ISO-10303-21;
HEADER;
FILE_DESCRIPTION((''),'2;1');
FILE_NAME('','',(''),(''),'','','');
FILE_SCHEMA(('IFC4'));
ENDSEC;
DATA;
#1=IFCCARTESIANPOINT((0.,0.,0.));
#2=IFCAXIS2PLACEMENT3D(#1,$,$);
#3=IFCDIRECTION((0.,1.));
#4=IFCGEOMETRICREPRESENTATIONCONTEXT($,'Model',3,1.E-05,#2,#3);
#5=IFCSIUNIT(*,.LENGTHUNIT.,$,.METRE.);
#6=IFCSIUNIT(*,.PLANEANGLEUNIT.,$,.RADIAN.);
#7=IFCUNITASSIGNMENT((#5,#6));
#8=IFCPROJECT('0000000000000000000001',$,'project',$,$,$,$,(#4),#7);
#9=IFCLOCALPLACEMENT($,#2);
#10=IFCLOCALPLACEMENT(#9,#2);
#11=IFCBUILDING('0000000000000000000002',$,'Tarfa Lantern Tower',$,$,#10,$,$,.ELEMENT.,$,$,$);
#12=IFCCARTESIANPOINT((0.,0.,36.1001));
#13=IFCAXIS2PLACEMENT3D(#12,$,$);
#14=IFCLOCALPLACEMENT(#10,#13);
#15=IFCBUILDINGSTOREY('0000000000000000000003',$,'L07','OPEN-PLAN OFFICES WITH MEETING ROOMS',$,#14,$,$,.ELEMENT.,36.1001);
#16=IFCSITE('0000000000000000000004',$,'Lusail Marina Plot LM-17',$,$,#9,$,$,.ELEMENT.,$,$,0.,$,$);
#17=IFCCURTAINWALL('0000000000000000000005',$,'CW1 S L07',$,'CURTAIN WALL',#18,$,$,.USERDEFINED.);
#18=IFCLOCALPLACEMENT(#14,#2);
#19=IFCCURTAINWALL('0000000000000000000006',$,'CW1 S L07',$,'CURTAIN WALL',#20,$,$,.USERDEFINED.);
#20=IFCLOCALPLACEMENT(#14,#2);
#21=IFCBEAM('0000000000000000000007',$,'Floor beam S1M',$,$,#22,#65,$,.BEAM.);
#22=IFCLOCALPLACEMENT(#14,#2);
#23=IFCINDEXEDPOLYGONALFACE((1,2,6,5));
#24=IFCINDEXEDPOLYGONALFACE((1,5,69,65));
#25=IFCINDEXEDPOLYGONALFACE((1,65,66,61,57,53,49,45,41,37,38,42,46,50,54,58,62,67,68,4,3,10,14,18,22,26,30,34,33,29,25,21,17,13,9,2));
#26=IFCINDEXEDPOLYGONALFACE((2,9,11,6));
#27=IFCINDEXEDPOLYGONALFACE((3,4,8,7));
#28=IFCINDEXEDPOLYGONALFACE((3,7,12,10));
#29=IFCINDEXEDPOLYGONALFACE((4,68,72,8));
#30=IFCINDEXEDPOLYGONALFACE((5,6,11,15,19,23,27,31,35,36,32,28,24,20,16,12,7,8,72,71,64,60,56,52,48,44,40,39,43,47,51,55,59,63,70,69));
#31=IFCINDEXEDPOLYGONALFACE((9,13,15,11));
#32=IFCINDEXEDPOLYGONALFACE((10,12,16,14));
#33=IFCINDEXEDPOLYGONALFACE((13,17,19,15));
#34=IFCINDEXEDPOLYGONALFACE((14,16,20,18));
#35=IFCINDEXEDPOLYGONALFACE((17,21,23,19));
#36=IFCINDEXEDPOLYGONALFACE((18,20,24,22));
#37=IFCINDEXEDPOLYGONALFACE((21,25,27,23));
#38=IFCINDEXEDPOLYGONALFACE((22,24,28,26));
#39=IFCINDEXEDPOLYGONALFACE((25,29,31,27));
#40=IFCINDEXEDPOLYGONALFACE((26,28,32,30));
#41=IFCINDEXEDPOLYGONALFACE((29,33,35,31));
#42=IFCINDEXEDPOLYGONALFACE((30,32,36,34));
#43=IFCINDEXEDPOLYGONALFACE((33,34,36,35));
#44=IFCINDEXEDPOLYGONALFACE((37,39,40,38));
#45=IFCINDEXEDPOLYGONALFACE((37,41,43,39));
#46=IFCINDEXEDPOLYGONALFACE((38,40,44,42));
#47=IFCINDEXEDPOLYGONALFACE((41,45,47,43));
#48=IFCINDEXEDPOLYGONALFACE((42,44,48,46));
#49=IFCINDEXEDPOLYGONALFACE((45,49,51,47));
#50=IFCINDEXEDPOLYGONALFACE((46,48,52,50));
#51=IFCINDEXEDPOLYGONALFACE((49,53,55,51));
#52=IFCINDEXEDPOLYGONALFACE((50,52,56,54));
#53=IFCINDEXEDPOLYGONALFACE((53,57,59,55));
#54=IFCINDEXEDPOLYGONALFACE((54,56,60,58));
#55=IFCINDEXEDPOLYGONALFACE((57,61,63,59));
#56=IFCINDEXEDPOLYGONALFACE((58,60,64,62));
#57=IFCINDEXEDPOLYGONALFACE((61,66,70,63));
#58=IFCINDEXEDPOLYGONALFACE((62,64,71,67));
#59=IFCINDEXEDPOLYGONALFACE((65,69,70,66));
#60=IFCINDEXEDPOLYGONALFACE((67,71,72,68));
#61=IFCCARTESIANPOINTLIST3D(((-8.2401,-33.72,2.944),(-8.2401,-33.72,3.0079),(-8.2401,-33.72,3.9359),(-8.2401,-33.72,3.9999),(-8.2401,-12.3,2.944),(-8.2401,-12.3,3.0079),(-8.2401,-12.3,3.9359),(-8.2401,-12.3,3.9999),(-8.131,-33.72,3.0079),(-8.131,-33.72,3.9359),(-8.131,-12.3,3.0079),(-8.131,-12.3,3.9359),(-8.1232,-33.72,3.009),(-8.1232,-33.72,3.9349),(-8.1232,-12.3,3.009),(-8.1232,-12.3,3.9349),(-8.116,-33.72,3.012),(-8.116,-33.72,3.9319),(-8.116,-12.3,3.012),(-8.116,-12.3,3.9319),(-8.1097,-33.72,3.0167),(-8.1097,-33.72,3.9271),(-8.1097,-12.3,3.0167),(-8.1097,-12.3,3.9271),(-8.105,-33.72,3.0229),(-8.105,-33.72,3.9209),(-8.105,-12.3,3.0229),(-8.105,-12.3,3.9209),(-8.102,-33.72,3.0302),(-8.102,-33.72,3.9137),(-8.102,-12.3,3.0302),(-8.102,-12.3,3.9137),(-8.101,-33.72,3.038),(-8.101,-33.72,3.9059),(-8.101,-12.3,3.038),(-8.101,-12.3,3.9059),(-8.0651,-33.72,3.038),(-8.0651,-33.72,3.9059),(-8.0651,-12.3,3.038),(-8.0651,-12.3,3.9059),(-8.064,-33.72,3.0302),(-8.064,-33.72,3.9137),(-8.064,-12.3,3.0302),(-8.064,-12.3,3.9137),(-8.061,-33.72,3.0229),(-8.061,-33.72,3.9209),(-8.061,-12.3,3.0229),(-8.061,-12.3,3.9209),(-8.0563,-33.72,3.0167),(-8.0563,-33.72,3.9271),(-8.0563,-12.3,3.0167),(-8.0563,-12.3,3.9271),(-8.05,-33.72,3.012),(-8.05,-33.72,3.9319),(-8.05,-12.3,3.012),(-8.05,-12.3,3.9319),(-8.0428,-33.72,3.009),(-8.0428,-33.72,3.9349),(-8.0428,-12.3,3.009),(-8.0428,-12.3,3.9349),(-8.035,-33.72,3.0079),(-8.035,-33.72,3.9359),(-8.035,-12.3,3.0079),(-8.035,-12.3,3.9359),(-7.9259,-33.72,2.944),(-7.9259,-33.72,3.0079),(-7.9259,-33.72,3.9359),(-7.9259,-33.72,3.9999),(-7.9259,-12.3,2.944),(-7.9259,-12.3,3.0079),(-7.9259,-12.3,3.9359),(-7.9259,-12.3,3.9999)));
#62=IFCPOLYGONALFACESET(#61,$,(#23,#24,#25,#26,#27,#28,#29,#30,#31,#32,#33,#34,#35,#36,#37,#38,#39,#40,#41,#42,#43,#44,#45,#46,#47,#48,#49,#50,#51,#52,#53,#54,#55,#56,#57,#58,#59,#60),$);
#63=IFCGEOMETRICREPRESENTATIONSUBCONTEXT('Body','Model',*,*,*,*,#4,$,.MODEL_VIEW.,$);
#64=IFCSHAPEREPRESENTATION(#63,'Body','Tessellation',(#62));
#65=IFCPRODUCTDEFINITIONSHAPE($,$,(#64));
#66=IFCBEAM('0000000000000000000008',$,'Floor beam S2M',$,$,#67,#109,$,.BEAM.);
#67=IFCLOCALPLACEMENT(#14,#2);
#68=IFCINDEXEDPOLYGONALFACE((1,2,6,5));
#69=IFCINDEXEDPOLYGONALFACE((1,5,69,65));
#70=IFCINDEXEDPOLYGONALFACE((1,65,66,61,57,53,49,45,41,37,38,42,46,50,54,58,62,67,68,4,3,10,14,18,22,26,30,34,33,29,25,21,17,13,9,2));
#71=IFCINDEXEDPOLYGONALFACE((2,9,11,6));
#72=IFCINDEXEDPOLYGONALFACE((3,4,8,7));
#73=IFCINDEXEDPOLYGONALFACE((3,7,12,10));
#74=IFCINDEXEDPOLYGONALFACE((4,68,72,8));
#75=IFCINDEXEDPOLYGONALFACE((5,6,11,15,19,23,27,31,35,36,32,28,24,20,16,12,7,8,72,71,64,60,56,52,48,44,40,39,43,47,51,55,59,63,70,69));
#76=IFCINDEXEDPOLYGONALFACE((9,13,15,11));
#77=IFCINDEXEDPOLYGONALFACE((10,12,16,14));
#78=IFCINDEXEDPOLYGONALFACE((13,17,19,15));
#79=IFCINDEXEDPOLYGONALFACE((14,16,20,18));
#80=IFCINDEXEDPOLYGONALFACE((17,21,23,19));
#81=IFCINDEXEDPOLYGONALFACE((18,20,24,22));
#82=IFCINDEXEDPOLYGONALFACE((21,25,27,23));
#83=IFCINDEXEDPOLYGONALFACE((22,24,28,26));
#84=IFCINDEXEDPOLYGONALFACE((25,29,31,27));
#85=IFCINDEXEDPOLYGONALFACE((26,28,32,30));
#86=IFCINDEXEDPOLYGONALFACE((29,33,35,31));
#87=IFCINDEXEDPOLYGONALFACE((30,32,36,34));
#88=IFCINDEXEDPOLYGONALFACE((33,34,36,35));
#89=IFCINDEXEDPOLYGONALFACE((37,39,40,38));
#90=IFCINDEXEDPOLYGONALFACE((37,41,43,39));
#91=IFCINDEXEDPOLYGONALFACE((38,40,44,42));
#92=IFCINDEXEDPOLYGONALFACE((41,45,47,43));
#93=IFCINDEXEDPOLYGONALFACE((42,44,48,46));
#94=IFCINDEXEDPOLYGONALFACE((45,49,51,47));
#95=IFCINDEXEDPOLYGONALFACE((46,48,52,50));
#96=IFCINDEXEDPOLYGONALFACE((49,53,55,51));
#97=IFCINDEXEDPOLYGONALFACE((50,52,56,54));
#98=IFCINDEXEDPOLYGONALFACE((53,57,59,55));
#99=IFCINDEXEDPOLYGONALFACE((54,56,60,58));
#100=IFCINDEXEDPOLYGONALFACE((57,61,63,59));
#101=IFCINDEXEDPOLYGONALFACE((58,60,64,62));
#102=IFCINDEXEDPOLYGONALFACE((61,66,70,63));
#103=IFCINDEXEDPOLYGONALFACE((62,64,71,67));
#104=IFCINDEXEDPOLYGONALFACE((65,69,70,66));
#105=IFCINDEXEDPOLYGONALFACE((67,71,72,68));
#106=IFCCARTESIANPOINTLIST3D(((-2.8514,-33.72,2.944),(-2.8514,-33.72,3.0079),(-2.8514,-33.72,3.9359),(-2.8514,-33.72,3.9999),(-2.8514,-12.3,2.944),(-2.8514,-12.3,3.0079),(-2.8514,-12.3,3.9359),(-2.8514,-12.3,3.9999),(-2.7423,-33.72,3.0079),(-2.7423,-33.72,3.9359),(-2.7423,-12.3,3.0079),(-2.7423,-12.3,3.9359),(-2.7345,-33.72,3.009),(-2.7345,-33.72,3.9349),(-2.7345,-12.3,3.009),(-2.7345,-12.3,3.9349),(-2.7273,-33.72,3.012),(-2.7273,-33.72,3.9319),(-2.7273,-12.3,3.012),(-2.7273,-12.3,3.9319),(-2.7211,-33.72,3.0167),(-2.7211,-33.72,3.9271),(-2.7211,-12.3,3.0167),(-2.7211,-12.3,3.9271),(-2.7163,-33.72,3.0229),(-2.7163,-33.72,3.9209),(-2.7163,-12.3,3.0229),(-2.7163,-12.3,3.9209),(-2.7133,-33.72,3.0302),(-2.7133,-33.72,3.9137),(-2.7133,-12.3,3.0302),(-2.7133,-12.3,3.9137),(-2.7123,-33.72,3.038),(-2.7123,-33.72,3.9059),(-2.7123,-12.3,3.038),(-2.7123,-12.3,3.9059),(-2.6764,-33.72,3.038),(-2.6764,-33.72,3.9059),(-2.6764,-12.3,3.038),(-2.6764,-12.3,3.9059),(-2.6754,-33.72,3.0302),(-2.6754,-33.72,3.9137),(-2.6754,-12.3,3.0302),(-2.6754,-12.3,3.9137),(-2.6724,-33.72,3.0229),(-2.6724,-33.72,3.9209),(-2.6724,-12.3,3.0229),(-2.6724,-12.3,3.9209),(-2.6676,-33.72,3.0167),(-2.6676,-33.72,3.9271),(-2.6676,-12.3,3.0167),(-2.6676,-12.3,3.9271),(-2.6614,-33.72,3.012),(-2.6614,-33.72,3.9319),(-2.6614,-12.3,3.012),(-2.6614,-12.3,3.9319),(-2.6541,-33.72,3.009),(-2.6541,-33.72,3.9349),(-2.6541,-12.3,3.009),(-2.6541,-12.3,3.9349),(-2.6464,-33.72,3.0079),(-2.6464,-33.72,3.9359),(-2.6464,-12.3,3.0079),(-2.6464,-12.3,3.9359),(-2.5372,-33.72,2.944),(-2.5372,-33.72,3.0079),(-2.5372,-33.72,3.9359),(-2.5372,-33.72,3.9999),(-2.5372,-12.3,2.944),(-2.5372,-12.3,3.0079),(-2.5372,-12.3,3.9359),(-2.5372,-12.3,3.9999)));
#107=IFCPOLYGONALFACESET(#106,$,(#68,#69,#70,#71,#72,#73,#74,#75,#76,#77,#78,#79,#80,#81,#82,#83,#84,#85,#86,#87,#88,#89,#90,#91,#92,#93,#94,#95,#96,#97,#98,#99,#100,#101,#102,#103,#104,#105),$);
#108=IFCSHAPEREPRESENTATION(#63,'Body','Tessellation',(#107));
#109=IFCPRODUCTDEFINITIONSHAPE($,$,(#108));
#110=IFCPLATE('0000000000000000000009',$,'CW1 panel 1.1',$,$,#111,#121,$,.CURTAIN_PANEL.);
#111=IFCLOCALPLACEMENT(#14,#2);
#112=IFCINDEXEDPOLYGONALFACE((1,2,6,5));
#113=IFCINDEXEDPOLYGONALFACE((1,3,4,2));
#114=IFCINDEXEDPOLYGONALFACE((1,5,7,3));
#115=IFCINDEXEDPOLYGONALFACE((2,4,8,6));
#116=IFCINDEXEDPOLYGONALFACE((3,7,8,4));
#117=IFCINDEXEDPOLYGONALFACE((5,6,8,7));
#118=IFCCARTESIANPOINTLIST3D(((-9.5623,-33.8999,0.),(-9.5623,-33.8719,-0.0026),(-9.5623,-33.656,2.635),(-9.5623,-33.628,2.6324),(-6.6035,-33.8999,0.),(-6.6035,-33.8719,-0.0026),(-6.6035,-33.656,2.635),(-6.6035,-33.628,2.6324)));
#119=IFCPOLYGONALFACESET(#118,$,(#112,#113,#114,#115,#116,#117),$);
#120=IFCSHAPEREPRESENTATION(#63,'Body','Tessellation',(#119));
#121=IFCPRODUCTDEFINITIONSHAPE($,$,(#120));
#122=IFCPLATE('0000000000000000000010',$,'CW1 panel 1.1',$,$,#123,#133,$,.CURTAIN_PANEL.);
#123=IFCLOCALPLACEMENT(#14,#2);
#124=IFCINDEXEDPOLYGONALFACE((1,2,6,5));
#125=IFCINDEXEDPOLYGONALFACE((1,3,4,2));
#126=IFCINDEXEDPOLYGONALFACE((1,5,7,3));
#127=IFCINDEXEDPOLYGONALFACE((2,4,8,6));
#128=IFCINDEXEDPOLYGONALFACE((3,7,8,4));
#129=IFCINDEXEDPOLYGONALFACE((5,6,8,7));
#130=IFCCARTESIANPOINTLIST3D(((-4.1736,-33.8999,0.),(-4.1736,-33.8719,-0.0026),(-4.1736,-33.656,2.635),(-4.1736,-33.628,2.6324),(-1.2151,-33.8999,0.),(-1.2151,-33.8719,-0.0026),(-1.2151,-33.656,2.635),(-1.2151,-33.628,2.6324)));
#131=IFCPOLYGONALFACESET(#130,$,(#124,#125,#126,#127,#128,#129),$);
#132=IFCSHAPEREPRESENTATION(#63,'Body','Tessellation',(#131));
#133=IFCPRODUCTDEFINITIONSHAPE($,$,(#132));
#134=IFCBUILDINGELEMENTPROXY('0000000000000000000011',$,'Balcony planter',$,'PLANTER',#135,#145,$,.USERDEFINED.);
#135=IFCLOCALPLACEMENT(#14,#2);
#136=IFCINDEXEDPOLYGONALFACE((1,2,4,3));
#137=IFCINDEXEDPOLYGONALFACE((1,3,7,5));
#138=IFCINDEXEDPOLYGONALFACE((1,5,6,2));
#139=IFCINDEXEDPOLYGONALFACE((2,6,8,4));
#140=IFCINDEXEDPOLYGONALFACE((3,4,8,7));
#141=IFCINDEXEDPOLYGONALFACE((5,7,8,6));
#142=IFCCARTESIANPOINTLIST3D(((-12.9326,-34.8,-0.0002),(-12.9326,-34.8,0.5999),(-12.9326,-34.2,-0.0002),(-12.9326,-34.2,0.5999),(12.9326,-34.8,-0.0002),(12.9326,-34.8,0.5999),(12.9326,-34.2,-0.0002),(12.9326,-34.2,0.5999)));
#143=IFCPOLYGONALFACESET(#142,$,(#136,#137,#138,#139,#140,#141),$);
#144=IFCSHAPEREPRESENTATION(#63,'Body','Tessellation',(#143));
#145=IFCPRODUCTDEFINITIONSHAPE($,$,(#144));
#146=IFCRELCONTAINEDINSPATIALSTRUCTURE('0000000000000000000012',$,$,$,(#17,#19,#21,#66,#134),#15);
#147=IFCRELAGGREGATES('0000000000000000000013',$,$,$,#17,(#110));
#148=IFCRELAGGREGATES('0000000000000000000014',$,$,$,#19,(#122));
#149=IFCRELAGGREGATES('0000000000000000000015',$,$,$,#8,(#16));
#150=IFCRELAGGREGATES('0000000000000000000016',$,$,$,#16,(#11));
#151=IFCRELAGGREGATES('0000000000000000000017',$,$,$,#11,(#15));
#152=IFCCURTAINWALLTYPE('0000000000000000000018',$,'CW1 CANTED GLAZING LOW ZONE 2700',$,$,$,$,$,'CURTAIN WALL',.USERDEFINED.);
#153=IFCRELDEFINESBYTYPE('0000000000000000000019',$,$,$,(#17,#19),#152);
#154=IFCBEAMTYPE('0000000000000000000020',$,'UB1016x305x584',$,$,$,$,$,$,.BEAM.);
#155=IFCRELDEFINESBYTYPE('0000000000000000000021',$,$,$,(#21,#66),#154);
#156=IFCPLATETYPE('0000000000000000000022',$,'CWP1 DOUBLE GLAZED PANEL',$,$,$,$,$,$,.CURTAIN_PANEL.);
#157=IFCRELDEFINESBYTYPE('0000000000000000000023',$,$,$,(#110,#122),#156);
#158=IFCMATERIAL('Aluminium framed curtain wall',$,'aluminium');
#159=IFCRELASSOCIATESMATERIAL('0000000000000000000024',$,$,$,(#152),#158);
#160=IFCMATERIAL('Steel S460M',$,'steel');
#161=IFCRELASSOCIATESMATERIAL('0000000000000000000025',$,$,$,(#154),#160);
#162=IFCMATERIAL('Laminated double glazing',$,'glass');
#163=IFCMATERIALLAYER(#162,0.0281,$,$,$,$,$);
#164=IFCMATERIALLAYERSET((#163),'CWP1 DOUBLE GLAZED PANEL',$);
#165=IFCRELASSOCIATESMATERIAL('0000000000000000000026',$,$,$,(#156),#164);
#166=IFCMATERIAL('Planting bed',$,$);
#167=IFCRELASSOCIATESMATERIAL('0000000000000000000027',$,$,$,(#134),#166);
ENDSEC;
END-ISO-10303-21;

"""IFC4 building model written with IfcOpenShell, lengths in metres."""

from ifc_helpers import new_model, si_unit, direction, frame, origin, origin_2d, place, context, subcontext, project, spatial, polyline, rectangle, i_section, outline, extrude, material, layer, layer_set, material_profile, profile_set, type_object, element, aggregate, save


model = new_model("IFC4")

# Units and contexts
model_context = context("Model", 3, precision=1e-05, world=origin(), true_north=direction((0.0, 1.0)))
body_context = subcontext(model_context, "Body", "Model", "MODEL_VIEW")
ifc_project = project(units=[si_unit("LENGTHUNIT", "METRE"), si_unit("PLANEANGLEUNIT", "RADIAN")], contexts=[model_context])

# Site, building, storey
site_placement = place(None, origin())
site = spatial("IfcSite", under=ifc_project, at=site_placement, Name="Lusail Marina Plot LM-17", CompositionType="ELEMENT", RefElevation=0.0)
building_placement = place(site_placement, origin())
building = spatial("IfcBuilding", under=site, at=building_placement, Name="Tarfa Lantern Tower", CompositionType="ELEMENT")
storey_placement = place(building_placement, frame((0.0, 0.0, 36.1001)))
storey = spatial("IfcBuildingStorey", under=building, at=storey_placement, Name="L07", Description="OPEN-PLAN OFFICES WITH MEETING ROOMS", CompositionType="ELEMENT", Elevation=36.1001)

# Shared definitions
ifc_material_1 = material(Name="Aluminium framed curtain wall", Category="aluminium")
curtain_wall_type = type_object("IfcCurtainWallType", Name="CW1 CANTED GLAZING LOW ZONE 2700", ElementType="CURTAIN WALL", PredefinedType="USERDEFINED", material=ifc_material_1)

# Curtain walls
curtain_wall_1_placement = place(storey_placement, origin())
curtain_wall_1 = element("IfcCurtainWall", 1, at=curtain_wall_1_placement, inside=storey, type_object=curtain_wall_type, Name="CW1 S L07", ObjectType="CURTAIN WALL", PredefinedType="USERDEFINED")
curtain_wall_2_placement = place(storey_placement, origin())
curtain_wall_2 = element("IfcCurtainWall", 2, at=curtain_wall_2_placement, inside=storey, type_object=curtain_wall_type, Name="CW1 S L07", ObjectType="CURTAIN WALL", PredefinedType="USERDEFINED")

# Beams
ifc_material_2 = material(Name="Steel S460M", Category="steel")
ifc_material_profile_1 = material_profile(ifc_material_2, i_section(OverallWidth=0.3142, OverallDepth=1.0559, WebThickness=0.0359, FlangeThickness=0.064, FilletRadius=0.03, at=origin_2d()), Name="UB1016x305x584")
ifc_profile_set_1 = profile_set([ifc_material_profile_1], Name="Steel S460M")
beam_type_1 = type_object("IfcBeamType", Name="UB1016x305x584", PredefinedType="BEAM", material=ifc_profile_set_1)
for number, where, z_axis, x_axis, name in (
    (3, (-8.083, -33.72, 3.4719), (0.0, 1.0, 0.0), (-1.0, 0.0, 0.0), "Floor beam S1M"),
    (4, (-2.6943, -33.72, 3.4719), (0.0, 1.0, 0.0), (-1.0, 0.0, 0.0), "Floor beam S2M"),
):
    element("IfcBeam", number, at=place(storey_placement, frame(where, z_axis=z_axis, x_axis=x_axis)), inside=storey, type_object=beam_type_1, Name=name, PredefinedType="BEAM", context=body_context, shape_type="SweptSolid", body=[
        extrude(i_section(OverallWidth=0.3142, OverallDepth=1.0559, WebThickness=0.0359, FlangeThickness=0.064, FilletRadius=0.03, at=origin_2d()), origin(), (0.0, 0.0, 1.0), 21.4199),
    ])

# Plates
ifc_material_3 = material(Name="Laminated double glazing", Category="glass")
ifc_layer = layer(ifc_material_3, 0.0281)
ifc_layer_set = layer_set([ifc_layer], Name="CWP1 DOUBLE GLAZED PANEL")
plate_type = type_object("IfcPlateType", Name="CWP1 DOUBLE GLAZED PANEL", PredefinedType="CURTAIN_PANEL", material=ifc_layer_set)
plate_1_placement = place(storey_placement, frame((-9.5623, -33.8999, 0.0), z_axis=(0.0, -0.995744, 0.092166), x_axis=(1.0, 0.0, 0.0)))
plate_1 = element("IfcPlate", 5, at=plate_1_placement, type_object=plate_type, Name="CW1 panel 1.1", PredefinedType="CURTAIN_PANEL", context=body_context, shape_type="SweptSolid", body=[
    extrude(outline(polyline([(0.0, 0.0), (2.9587, 0.0), (2.9587, 2.6463), (0.0, 2.6463), (0.0, 0.0)])), origin(), (0.0, 0.0, -1.0), 0.0281),
])
aggregate(curtain_wall_1, [plate_1])
plate_2_placement = place(storey_placement, frame((-4.1736, -33.8999, 0.0), z_axis=(0.0, -0.995744, 0.092166), x_axis=(1.0, 0.0, 0.0)))
plate_2 = element("IfcPlate", 6, at=plate_2_placement, type_object=plate_type, Name="CW1 panel 1.1", PredefinedType="CURTAIN_PANEL", context=body_context, shape_type="SweptSolid", body=[
    extrude(outline(polyline([(0.0, 0.0), (2.9585, 0.0), (2.9585, 2.6463), (0.0, 2.6463), (0.0, 0.0)])), origin(), (0.0, 0.0, -1.0), 0.0281),
])
aggregate(curtain_wall_2, [plate_2])

# Building element proxy
ifc_material_4 = material(Name="Planting bed")
proxy_placement = place(storey_placement, frame((0.0, -34.5, -0.0002), z_axis=(0.0, 0.0, 1.0), x_axis=(1.0, 0.0, 0.0)))
element("IfcBuildingElementProxy", 7, at=proxy_placement, inside=storey, material=ifc_material_4, Name="Balcony planter", ObjectType="PLANTER", PredefinedType="USERDEFINED", context=body_context, shape_type="SweptSolid", body=[
    extrude(rectangle(XDim=25.8652, YDim=0.6001, at=origin_2d()), origin(), (0.0, 0.0, 1.0), 0.6001),
])

save(model, "model.ifc")
